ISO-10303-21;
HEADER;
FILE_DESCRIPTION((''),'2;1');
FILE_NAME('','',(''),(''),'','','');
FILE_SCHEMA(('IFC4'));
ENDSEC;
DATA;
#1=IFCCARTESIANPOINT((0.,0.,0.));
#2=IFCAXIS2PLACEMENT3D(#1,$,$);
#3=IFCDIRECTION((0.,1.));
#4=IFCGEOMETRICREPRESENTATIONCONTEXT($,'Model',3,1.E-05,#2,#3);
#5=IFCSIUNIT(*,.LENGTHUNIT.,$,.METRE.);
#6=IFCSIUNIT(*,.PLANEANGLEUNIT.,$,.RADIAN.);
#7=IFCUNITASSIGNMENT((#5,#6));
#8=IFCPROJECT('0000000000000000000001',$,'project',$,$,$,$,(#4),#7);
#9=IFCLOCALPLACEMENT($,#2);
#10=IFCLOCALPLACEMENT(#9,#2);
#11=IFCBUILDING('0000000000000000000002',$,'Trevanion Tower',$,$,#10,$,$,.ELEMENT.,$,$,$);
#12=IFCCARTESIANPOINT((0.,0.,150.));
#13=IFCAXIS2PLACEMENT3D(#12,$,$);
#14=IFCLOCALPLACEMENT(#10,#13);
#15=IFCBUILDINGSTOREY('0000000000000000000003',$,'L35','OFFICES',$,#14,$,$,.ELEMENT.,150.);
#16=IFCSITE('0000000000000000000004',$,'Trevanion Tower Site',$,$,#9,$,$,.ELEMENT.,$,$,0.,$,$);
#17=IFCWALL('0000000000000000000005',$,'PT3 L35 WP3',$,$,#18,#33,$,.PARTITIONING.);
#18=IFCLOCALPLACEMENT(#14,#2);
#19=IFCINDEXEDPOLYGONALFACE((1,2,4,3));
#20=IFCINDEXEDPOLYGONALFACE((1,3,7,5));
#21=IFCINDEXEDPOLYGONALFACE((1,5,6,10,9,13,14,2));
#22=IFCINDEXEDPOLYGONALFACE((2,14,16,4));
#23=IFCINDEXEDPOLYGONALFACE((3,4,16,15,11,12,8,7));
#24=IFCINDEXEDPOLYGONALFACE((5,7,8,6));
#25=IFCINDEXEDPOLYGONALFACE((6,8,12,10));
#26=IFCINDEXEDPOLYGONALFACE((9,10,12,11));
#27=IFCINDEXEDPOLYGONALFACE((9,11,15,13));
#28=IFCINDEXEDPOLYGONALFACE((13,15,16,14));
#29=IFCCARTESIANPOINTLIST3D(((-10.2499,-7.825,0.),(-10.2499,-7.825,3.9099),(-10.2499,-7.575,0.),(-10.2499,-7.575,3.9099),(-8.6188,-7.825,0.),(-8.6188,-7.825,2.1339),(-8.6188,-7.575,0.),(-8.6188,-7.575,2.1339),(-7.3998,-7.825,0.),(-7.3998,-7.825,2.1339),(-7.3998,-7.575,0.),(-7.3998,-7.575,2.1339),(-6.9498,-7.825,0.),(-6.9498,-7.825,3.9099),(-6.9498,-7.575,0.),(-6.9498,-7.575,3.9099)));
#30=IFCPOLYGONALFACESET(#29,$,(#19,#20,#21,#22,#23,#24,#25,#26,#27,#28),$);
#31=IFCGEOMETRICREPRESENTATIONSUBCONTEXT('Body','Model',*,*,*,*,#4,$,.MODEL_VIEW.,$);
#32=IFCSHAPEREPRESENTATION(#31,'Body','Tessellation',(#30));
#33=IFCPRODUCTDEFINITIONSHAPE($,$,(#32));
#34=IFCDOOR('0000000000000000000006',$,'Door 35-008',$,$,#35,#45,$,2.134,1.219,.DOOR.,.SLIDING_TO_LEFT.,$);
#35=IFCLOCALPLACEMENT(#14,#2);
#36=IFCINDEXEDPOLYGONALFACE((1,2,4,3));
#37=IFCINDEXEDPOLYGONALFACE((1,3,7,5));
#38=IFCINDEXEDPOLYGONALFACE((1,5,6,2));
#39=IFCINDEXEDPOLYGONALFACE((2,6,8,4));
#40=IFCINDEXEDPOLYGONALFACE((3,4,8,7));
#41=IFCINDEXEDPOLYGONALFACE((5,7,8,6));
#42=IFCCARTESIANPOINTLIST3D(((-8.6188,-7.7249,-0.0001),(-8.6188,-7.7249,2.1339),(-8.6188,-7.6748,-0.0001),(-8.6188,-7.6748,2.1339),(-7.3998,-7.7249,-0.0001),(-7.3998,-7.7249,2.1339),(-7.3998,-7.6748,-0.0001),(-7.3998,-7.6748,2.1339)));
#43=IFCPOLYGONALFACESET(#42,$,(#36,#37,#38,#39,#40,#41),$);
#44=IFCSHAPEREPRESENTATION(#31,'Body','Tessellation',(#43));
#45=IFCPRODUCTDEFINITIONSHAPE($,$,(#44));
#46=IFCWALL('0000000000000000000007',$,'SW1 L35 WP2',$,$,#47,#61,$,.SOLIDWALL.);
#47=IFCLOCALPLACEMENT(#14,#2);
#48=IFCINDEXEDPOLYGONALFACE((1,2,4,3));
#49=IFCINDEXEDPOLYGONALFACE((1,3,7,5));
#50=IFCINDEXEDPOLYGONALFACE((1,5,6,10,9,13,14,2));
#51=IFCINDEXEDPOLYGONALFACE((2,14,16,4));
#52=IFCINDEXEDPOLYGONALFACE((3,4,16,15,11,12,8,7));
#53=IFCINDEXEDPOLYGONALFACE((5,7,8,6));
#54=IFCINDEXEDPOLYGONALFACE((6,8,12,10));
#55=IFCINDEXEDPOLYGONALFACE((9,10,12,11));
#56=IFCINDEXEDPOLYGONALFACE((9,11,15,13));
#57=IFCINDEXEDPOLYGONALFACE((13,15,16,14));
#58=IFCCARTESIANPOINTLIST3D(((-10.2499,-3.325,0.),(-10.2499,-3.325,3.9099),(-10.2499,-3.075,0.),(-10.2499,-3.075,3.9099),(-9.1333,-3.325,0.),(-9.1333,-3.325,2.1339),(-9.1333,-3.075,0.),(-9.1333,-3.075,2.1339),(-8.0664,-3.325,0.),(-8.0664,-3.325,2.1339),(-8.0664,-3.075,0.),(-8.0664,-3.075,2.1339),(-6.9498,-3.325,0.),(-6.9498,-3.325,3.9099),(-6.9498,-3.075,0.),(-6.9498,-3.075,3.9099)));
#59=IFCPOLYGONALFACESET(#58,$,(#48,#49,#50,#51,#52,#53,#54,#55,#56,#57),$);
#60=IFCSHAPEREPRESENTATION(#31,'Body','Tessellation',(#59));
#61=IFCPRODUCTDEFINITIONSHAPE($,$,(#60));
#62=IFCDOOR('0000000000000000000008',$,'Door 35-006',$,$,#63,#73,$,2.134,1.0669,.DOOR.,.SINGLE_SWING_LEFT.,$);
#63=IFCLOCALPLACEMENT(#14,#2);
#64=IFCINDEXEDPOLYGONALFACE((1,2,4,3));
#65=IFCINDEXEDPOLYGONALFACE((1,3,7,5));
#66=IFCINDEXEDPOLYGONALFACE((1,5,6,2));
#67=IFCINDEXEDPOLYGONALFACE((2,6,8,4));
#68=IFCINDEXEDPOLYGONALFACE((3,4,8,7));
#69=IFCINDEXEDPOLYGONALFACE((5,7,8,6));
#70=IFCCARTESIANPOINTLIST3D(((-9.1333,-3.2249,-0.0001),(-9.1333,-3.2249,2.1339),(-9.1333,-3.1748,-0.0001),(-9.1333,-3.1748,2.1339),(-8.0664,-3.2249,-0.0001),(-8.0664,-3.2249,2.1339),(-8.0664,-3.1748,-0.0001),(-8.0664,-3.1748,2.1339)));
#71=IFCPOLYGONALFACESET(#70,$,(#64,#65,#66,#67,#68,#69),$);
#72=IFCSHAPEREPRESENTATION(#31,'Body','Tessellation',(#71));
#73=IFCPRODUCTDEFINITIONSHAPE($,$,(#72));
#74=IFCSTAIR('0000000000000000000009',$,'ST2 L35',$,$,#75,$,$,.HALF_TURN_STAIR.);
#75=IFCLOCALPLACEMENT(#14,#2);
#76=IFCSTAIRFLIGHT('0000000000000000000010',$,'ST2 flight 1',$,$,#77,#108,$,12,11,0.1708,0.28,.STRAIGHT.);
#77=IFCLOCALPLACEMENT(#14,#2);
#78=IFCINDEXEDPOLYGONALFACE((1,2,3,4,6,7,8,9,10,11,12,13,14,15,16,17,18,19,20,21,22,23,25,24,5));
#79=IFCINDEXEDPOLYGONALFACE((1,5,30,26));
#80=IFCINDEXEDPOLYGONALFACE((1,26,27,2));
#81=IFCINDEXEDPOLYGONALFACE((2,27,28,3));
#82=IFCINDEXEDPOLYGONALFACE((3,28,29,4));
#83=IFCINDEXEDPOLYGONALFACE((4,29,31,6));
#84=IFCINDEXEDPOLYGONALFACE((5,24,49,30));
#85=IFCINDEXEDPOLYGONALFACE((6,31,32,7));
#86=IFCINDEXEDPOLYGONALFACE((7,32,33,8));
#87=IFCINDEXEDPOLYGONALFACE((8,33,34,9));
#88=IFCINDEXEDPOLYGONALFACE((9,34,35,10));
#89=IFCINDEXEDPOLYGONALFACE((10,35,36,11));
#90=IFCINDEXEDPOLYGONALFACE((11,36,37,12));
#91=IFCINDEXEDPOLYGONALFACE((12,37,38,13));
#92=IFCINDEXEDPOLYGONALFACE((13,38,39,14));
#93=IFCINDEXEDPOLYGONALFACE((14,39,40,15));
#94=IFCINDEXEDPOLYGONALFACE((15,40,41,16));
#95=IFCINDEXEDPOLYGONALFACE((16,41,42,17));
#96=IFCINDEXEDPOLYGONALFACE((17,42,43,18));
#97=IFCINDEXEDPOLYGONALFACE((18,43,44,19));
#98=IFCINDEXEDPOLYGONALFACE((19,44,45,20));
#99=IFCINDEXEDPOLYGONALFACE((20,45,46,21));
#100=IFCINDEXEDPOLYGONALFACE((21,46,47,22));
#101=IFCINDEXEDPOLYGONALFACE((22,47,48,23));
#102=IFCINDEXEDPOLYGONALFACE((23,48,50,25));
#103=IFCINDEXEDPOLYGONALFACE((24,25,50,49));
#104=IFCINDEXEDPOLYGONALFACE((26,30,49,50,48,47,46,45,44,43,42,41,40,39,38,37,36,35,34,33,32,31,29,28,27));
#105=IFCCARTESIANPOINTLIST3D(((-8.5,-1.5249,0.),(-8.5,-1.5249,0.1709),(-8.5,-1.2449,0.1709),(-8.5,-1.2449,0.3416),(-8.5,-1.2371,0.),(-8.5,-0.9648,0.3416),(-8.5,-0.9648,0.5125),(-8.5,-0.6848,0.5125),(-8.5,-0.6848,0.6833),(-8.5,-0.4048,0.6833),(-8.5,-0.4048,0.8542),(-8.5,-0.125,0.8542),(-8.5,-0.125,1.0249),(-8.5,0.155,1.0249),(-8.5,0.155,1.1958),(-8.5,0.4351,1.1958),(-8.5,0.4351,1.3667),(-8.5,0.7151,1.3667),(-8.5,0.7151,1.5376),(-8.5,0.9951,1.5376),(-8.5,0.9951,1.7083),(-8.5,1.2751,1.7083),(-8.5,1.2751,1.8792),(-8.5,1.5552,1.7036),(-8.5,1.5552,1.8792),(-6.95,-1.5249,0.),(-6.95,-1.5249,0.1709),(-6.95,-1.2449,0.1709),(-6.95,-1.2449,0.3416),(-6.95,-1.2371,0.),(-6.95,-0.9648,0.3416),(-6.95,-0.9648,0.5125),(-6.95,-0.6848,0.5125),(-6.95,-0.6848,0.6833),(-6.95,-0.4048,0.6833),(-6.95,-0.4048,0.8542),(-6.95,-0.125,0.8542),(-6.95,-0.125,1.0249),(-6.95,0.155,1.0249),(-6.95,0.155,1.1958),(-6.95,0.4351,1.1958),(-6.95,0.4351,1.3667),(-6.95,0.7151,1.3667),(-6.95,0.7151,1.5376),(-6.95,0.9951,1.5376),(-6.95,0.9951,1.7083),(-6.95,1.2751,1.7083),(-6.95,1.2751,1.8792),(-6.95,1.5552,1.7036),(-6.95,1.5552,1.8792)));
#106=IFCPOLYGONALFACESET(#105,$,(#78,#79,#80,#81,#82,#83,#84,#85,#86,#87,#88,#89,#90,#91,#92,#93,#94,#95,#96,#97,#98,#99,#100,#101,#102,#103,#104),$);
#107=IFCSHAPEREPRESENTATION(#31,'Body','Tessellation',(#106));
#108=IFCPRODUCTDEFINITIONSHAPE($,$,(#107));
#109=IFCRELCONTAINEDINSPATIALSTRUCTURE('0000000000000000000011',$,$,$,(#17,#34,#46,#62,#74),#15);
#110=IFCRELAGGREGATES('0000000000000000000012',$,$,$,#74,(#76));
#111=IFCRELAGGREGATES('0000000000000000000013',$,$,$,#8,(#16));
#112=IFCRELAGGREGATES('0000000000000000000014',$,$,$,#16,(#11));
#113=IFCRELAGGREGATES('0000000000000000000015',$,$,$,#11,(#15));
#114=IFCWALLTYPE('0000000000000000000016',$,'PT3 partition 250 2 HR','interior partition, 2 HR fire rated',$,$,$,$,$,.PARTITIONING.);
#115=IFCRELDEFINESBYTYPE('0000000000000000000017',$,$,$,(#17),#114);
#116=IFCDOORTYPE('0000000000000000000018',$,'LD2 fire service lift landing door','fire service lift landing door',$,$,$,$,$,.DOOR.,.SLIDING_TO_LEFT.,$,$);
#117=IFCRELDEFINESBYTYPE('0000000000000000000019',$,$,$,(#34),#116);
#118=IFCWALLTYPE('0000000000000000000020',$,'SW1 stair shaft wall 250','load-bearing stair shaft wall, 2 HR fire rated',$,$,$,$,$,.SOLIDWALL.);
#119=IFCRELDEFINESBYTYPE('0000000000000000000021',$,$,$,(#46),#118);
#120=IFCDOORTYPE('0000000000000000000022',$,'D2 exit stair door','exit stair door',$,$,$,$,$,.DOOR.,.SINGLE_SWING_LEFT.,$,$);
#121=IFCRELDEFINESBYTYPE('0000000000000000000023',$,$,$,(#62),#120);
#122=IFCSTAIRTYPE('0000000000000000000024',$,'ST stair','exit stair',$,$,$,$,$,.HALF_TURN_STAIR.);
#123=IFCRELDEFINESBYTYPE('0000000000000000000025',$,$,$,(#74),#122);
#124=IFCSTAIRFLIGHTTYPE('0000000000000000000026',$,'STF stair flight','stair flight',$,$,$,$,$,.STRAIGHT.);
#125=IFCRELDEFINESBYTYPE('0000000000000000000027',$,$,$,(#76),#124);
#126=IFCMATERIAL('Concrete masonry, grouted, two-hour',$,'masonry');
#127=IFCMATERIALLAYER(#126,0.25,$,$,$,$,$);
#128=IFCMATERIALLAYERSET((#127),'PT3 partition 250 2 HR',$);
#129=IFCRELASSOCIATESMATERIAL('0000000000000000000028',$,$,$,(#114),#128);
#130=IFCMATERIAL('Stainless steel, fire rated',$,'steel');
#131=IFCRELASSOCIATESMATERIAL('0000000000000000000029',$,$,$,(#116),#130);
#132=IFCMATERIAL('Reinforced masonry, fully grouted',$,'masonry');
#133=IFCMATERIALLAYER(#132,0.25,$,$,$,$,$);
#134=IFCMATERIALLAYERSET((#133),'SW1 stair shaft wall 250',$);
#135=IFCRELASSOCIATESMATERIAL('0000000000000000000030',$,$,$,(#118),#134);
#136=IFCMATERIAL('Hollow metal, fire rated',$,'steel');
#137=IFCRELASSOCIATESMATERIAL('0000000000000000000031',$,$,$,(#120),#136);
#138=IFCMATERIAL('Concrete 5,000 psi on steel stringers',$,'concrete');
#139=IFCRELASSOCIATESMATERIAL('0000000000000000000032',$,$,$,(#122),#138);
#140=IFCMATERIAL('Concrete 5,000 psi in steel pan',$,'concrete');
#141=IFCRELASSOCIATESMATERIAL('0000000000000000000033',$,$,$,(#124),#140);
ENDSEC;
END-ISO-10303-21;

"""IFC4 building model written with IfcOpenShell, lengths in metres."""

from ifc_helpers import new_model, si_unit, direction, frame, frame_2d, origin, place, context, subcontext, project, spatial, polyline, rectangle, outline, extrude, material, layer, layer_set, type_object, element, fill, aggregate, save


model = new_model("IFC4")

# Units and contexts
model_context = context("Model", 3, precision=1e-05, world=origin(), true_north=direction((0.0, 1.0)))
body_context = subcontext(model_context, "Body", "Model", "MODEL_VIEW")
ifc_project = project(units=[si_unit("LENGTHUNIT", "METRE"), si_unit("PLANEANGLEUNIT", "RADIAN")], contexts=[model_context])

# Site, building, storey
site_placement = place(None, origin())
site = spatial("IfcSite", under=ifc_project, at=site_placement, Name="Trevanion Tower Site", CompositionType="ELEMENT", RefElevation=0.0)
building_placement = place(site_placement, origin())
building = spatial("IfcBuilding", under=site, at=building_placement, Name="Trevanion Tower", CompositionType="ELEMENT")
storey_placement = place(building_placement, frame((0.0, 0.0, 150.0)))
storey = spatial("IfcBuildingStorey", under=building, at=storey_placement, Name="L35", Description="OFFICES", CompositionType="ELEMENT", Elevation=150.0)

# Walls, openings, doors
ifc_material_1 = material(Name="Concrete masonry, grouted, two-hour", Category="masonry")
ifc_layer_1 = layer(ifc_material_1, 0.25)
ifc_layer_set_1 = layer_set([ifc_layer_1], Name="PT3 partition 250 2 HR")
wall_type_1 = type_object("IfcWallType", Name="PT3 partition 250 2 HR", Description="interior partition, 2 HR fire rated", PredefinedType="PARTITIONING", material=ifc_layer_set_1)
wall_1_placement = place(storey_placement, frame((-6.95, -7.7, 0.0), z_axis=(0.0, 0.0, 1.0), x_axis=(-1.0, 0.0, 0.0)))
wall_1 = element("IfcWall", 1, at=wall_1_placement, inside=storey, type_object=wall_type_1, Name="PT3 L35 WP3", PredefinedType="PARTITIONING", context=body_context, shape_type="SweptSolid", body=[
    extrude(rectangle(XDim=3.3, YDim=0.25, at=frame_2d((1.6499, 0.0))), origin(), (0.0, 0.0, 1.0), 3.9099),
])
opening_1_placement = place(wall_1_placement, frame((0.45, 0.0, 0.0)))
opening_1 = element("IfcOpeningElement", 2, at=opening_1_placement, cuts=wall_1, PredefinedType="OPENING", context=body_context, shape_type="SweptSolid", body=[
    extrude(rectangle(XDim=1.219, YDim=2.134, at=frame_2d((0.6094, 1.0669))), frame((0.0, 0.135, 0.0), z_axis=(0.0, -1.0, 0.0), x_axis=(1.0, 0.0, 0.0)), (0.0, 0.0, 1.0), 0.27),
])
ifc_material_2 = material(Name="Stainless steel, fire rated", Category="steel")
door_type_1 = type_object("IfcDoorType", Name="LD2 fire service lift landing door", Description="fire service lift landing door", OperationType="SLIDING_TO_LEFT", PredefinedType="DOOR", material=ifc_material_2)
door_1_placement = place(opening_1_placement, origin())
door_1 = element("IfcDoor", 3, at=door_1_placement, inside=storey, type_object=door_type_1, Name="Door 35-008", OperationType="SLIDING_TO_LEFT", OverallHeight=2.134, OverallWidth=1.219, PredefinedType="DOOR", context=body_context, shape_type="SweptSolid", body=[
    extrude(rectangle(XDim=1.219, YDim=2.134, at=frame_2d((0.6094, 1.0669))), frame((0.0, 0.0249, 0.0), z_axis=(0.0, -1.0, 0.0), x_axis=(1.0, 0.0, 0.0)), (0.0, 0.0, 1.0), 0.05),
])
fill(opening_1, door_1)
ifc_material_3 = material(Name="Reinforced masonry, fully grouted", Category="masonry")
ifc_layer_2 = layer(ifc_material_3, 0.25)
ifc_layer_set_2 = layer_set([ifc_layer_2], Name="SW1 stair shaft wall 250")
wall_type_2 = type_object("IfcWallType", Name="SW1 stair shaft wall 250", Description="load-bearing stair shaft wall, 2 HR fire rated", PredefinedType="SOLIDWALL", material=ifc_layer_set_2)
wall_2_placement = place(storey_placement, frame((-6.95, -3.2, 0.0), z_axis=(0.0, 0.0, 1.0), x_axis=(-1.0, 0.0, 0.0)))
wall_2 = element("IfcWall", 4, at=wall_2_placement, inside=storey, type_object=wall_type_2, Name="SW1 L35 WP2", PredefinedType="SOLIDWALL", context=body_context, shape_type="SweptSolid", body=[
    extrude(rectangle(XDim=3.3, YDim=0.25, at=frame_2d((1.6499, 0.0))), origin(), (0.0, 0.0, 1.0), 3.9099),
])
opening_2_placement = place(wall_2_placement, frame((1.1165, 0.0, 0.0)))
opening_2 = element("IfcOpeningElement", 5, at=opening_2_placement, cuts=wall_2, PredefinedType="OPENING", context=body_context, shape_type="SweptSolid", body=[
    extrude(rectangle(XDim=1.0669, YDim=2.134, at=frame_2d((0.5334, 1.0669))), frame((0.0, 0.135, 0.0), z_axis=(0.0, -1.0, 0.0), x_axis=(1.0, 0.0, 0.0)), (0.0, 0.0, 1.0), 0.27),
])
ifc_material_4 = material(Name="Hollow metal, fire rated", Category="steel")
door_type_2 = type_object("IfcDoorType", Name="D2 exit stair door", Description="exit stair door", OperationType="SINGLE_SWING_LEFT", PredefinedType="DOOR", material=ifc_material_4)
door_2_placement = place(opening_2_placement, origin())
door_2 = element("IfcDoor", 6, at=door_2_placement, inside=storey, type_object=door_type_2, Name="Door 35-006", OperationType="SINGLE_SWING_LEFT", OverallHeight=2.134, OverallWidth=1.0669, PredefinedType="DOOR", context=body_context, shape_type="SweptSolid", body=[
    extrude(rectangle(XDim=1.0669, YDim=2.134, at=frame_2d((0.5334, 1.0669))), frame((0.0, 0.0249, 0.0), z_axis=(0.0, -1.0, 0.0), x_axis=(1.0, 0.0, 0.0)), (0.0, 0.0, 1.0), 0.05),
])
fill(opening_2, door_2)

# Stair, stair flight
ifc_material_5 = material(Name="Concrete 5,000 psi on steel stringers", Category="concrete")
stair_type = type_object("IfcStairType", Name="ST stair", Description="exit stair", PredefinedType="HALF_TURN_STAIR", material=ifc_material_5)
stair_placement = place(storey_placement, origin())
stair = element("IfcStair", 7, at=stair_placement, inside=storey, type_object=stair_type, Name="ST2 L35", PredefinedType="HALF_TURN_STAIR")
ifc_material_6 = material(Name="Concrete 5,000 psi in steel pan", Category="concrete")
stair_flight_type = type_object("IfcStairFlightType", Name="STF stair flight", Description="stair flight", PredefinedType="STRAIGHT", material=ifc_material_6)
stair_flight_placement = place(storey_placement, frame((-7.7251, -1.5249, 0.0), z_axis=(0.0, 0.0, 1.0), x_axis=(0.0, 1.0, 0.0)))
stair_flight = element("IfcStairFlight", 8, at=stair_flight_placement, type_object=stair_flight_type, Name="ST2 flight 1", NumberOfRisers=12, NumberOfTreads=11, PredefinedType="STRAIGHT", RiserHeight=0.1708, TreadLength=0.28, context=body_context, shape_type="SweptSolid", body=[
    extrude(outline(polyline([(0.0, 0.0), (0.0, 0.1709), (0.28, 0.1709), (0.28, 0.3416), (0.5601, 0.3416), (0.5601, 0.5125), (0.8401, 0.5125), (0.8401, 0.6833), (1.1201, 0.6833), (1.1201, 0.8542), (1.3999, 0.8542), (1.3999, 1.0249), (1.6799, 1.0249), (1.6799, 1.1958), (1.96, 1.1958), (1.96, 1.3667), (2.24, 1.3667), (2.24, 1.5376), (2.52, 1.5376), (2.52, 1.7083), (2.8, 1.7083), (2.8, 1.8792), (3.0801, 1.8792), (3.0801, 2.05), (3.0801, 1.7036), (0.2878, 0.0), (0.0, 0.0)])), frame((0.0, 0.7749, 0.0), z_axis=(0.0, -1.0, 0.0), x_axis=(1.0, 0.0, 0.0)), (0.0, 0.0, 1.0), 1.55),
])
aggregate(stair, [stair_flight])

save(model, "model.ifc")
